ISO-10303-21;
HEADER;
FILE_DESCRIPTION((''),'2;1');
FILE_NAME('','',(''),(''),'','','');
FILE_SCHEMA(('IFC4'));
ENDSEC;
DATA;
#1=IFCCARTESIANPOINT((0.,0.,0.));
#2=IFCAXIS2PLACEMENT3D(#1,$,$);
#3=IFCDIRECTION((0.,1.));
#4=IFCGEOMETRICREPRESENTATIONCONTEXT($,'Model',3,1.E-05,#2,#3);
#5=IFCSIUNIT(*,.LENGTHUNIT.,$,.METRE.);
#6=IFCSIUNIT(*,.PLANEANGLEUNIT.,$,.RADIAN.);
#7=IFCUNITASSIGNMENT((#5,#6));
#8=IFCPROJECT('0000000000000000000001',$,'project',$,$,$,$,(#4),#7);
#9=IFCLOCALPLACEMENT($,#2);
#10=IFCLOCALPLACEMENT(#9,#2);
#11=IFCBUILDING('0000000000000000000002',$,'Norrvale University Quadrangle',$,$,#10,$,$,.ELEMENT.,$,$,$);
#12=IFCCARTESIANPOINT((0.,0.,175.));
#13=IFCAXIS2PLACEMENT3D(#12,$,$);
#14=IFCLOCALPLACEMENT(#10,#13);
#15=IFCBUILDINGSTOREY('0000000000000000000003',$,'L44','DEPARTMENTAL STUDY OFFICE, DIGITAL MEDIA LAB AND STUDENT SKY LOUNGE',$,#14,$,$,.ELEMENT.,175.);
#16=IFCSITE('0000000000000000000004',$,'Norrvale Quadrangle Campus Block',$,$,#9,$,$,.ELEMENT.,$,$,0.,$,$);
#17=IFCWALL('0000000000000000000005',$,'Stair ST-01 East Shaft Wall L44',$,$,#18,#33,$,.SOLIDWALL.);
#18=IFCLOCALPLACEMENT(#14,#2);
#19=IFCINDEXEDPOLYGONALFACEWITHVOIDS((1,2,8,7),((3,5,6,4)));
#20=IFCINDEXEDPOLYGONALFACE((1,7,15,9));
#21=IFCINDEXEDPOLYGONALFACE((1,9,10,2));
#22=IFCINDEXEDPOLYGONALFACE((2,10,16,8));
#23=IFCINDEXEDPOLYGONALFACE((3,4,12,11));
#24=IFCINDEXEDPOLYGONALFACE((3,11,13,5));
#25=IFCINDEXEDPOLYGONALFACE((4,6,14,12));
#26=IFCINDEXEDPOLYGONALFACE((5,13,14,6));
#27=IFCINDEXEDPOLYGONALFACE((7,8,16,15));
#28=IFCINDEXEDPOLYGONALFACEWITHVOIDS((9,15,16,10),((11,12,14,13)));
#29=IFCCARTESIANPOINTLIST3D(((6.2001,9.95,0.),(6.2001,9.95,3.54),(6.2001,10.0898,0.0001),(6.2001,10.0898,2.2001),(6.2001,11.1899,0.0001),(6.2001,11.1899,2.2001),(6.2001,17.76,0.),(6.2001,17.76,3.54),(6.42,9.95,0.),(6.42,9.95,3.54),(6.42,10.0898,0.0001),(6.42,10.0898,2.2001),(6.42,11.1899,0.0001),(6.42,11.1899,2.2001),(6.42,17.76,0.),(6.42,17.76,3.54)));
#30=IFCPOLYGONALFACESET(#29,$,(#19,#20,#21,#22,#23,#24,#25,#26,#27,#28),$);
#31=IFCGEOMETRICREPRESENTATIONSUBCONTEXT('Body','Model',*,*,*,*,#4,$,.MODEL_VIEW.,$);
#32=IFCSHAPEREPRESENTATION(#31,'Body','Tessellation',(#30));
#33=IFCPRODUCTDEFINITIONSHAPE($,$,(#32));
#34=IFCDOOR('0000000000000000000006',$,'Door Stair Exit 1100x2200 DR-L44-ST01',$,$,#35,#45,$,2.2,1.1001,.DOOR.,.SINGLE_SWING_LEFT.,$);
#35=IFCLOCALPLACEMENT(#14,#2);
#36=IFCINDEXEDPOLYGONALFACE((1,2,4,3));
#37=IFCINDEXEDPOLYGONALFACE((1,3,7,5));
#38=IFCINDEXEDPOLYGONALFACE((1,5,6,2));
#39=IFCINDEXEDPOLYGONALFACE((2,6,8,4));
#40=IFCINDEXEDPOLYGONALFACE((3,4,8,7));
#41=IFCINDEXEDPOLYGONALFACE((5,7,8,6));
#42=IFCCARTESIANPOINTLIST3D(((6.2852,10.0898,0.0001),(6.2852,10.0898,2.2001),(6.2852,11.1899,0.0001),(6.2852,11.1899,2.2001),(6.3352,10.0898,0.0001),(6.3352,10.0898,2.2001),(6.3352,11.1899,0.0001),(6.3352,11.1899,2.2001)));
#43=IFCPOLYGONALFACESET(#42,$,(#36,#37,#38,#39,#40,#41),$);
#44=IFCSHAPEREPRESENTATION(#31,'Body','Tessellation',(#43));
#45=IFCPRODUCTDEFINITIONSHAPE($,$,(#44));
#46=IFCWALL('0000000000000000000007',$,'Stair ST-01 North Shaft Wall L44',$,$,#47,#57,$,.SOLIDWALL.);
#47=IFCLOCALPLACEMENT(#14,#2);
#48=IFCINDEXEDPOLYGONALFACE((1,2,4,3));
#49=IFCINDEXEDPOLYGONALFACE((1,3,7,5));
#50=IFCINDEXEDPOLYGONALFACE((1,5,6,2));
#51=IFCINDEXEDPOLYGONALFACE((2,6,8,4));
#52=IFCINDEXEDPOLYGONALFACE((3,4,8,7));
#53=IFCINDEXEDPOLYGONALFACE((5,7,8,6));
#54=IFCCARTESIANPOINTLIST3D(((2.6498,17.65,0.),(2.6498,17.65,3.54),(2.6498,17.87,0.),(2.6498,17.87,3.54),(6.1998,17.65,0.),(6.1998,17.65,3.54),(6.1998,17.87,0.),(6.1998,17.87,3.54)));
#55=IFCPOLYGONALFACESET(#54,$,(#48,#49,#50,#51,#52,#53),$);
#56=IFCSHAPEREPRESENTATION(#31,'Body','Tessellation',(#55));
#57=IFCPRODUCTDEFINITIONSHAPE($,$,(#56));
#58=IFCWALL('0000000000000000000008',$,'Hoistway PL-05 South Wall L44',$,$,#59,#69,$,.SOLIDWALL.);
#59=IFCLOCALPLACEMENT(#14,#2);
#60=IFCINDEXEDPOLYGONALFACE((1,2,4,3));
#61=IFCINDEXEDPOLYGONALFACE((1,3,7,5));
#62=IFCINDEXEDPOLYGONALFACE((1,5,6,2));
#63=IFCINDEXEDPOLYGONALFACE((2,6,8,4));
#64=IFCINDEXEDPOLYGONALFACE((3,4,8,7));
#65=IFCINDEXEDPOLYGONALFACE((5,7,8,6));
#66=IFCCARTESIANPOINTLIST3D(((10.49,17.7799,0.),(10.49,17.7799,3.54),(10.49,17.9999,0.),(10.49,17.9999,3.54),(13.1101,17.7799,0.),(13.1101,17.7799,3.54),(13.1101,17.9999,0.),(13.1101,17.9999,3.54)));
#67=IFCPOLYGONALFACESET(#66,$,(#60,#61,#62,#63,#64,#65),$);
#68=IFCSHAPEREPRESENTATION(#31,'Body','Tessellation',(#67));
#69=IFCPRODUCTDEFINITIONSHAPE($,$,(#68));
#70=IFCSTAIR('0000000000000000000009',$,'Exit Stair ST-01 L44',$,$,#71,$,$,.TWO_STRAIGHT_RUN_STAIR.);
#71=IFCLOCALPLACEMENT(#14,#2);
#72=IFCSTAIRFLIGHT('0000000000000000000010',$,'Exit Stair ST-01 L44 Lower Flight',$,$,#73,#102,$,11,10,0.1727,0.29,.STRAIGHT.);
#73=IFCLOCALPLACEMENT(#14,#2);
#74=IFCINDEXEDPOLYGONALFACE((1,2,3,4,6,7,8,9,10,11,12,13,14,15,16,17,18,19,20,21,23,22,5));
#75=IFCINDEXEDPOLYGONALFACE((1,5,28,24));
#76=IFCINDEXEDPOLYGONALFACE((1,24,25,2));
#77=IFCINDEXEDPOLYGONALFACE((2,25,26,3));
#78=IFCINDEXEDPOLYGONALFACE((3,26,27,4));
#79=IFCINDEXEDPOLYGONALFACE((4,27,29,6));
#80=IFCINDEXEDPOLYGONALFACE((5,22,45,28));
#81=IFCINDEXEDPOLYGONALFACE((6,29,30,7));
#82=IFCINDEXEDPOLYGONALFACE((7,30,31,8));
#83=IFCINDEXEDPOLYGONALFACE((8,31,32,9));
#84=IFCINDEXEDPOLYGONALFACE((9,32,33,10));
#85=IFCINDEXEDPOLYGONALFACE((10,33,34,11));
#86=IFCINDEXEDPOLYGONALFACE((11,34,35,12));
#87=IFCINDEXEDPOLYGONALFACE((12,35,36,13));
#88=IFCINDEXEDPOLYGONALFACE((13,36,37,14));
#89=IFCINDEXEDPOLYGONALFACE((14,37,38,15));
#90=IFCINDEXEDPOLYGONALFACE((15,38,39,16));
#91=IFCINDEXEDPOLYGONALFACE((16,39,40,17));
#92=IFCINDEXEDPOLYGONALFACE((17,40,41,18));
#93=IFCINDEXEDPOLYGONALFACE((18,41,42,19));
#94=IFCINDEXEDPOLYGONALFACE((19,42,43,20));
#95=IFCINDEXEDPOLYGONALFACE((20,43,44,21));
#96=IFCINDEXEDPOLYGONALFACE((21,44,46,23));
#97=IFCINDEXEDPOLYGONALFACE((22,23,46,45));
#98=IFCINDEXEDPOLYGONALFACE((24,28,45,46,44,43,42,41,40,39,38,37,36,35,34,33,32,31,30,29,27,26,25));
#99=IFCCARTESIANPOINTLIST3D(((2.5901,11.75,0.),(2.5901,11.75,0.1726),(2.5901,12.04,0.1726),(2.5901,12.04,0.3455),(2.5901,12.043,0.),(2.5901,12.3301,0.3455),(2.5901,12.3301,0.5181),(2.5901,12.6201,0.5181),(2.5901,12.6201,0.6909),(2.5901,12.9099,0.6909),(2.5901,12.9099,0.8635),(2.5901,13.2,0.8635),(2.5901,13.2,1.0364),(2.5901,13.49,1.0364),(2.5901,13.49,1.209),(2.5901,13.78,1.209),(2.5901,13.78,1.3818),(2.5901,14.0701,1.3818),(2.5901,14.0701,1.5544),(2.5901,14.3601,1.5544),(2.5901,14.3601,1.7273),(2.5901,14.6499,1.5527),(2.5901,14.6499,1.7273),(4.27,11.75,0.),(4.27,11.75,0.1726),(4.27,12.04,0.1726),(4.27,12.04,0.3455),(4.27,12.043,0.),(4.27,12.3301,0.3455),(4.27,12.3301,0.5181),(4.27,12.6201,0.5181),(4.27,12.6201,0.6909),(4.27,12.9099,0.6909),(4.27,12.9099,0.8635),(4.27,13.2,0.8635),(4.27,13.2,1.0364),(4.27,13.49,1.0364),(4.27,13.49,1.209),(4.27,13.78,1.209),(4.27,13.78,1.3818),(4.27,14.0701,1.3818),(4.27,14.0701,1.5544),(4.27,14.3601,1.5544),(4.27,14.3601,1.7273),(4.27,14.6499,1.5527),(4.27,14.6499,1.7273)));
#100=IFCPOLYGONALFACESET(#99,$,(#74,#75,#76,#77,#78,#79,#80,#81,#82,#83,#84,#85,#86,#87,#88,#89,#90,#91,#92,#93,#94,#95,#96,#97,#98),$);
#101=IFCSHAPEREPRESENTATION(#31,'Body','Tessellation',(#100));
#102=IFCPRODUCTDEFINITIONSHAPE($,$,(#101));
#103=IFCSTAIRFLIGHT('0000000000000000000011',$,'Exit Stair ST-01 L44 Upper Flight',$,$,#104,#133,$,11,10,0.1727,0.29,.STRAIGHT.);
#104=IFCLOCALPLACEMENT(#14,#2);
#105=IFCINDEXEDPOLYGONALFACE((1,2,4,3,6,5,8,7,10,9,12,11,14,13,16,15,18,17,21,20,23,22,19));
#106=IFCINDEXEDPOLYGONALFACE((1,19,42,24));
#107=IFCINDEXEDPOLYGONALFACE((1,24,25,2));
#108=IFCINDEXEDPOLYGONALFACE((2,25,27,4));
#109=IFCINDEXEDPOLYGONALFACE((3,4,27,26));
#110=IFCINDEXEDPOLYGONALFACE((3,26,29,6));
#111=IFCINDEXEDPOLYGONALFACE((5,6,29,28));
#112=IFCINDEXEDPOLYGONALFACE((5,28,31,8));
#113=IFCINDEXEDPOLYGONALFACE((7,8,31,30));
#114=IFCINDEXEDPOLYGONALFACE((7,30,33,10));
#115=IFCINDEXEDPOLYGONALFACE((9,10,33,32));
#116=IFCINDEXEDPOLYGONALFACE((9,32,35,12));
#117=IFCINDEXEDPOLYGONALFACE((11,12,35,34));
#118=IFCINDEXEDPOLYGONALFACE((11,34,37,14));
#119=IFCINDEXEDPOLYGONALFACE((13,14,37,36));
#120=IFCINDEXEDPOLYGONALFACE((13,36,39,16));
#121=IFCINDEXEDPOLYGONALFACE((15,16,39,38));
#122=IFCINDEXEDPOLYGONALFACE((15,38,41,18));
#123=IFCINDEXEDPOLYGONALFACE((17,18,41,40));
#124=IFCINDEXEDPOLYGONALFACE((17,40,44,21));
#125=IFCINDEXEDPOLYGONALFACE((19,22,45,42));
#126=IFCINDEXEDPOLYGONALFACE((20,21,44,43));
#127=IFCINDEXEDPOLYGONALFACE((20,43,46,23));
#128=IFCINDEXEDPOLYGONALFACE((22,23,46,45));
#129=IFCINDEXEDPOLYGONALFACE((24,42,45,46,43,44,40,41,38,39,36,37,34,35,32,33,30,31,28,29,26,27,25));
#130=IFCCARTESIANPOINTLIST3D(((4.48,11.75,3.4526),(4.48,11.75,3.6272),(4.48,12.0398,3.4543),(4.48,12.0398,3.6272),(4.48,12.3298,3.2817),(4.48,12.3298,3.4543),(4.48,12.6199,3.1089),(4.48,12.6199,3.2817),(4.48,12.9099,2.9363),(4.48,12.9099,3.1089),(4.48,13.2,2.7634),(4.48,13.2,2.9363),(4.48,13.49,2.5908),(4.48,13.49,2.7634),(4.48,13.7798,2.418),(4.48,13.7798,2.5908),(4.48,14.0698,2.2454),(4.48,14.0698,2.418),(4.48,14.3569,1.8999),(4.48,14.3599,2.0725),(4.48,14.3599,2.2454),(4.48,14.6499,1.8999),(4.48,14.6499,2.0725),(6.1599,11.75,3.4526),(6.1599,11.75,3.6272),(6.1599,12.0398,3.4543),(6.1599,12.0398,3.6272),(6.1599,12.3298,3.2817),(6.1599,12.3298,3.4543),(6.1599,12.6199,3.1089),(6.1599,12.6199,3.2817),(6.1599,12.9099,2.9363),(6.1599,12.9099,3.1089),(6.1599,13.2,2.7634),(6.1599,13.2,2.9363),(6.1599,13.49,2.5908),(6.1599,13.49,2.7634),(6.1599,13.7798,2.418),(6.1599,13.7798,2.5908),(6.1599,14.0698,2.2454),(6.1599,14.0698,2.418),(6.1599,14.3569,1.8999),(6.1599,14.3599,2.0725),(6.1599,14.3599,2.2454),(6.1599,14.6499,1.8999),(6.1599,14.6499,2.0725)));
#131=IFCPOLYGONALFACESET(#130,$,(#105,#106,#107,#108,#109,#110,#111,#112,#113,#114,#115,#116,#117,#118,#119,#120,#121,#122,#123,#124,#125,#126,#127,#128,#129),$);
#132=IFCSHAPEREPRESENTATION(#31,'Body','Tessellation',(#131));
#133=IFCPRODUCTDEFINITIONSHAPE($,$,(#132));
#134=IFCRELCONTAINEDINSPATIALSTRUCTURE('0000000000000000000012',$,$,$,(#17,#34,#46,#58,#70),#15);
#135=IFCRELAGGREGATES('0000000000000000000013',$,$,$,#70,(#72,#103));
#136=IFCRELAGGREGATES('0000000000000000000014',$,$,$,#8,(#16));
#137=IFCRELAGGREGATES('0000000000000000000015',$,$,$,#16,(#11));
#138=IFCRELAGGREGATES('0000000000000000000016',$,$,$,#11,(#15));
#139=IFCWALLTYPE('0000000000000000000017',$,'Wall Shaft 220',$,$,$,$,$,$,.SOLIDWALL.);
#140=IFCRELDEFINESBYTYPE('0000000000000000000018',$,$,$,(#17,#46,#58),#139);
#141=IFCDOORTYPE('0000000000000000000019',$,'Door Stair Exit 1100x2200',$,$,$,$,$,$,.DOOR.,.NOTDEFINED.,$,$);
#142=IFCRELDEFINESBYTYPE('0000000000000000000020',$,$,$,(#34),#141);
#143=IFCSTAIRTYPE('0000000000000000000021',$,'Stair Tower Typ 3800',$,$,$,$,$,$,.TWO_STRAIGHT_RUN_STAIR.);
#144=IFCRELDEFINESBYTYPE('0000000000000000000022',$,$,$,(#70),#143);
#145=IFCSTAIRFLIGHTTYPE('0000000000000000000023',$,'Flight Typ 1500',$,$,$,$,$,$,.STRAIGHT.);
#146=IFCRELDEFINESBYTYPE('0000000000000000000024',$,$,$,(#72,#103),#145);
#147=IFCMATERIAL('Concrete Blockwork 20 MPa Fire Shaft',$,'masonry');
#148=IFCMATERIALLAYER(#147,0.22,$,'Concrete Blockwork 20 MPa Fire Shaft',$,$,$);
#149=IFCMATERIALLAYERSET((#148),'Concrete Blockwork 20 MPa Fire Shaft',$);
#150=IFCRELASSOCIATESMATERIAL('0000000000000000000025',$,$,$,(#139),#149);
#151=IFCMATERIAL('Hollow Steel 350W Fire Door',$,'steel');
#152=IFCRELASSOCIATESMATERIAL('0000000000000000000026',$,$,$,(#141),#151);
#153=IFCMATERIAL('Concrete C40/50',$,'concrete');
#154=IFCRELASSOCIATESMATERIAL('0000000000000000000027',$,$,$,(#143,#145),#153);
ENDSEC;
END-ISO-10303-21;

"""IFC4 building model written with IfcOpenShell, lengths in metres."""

from ifc_helpers import new_model, si_unit, direction, frame, frame_2d, origin, place, context, subcontext, project, spatial, polyline, rectangle, outline, extrude, material, layer, layer_set, type_object, element, fill, aggregate, save


model = new_model("IFC4")

# Units and contexts
model_context = context("Model", 3, precision=1e-05, world=origin(), true_north=direction((0.0, 1.0)))
body_context = subcontext(model_context, "Body", "Model", "MODEL_VIEW")
ifc_project = project(units=[si_unit("LENGTHUNIT", "METRE"), si_unit("PLANEANGLEUNIT", "RADIAN")], contexts=[model_context])

# Site, building, storey
site_placement = place(None, origin())
site = spatial("IfcSite", under=ifc_project, at=site_placement, Name="Norrvale Quadrangle Campus Block", CompositionType="ELEMENT", RefElevation=0.0)
building_placement = place(site_placement, origin())
building = spatial("IfcBuilding", under=site, at=building_placement, Name="Norrvale University Quadrangle", CompositionType="ELEMENT")
storey_placement = place(building_placement, frame((0.0, 0.0, 175.0)))
storey = spatial("IfcBuildingStorey", under=building, at=storey_placement, Name="L44", Description="DEPARTMENTAL STUDY OFFICE, DIGITAL MEDIA LAB AND STUDENT SKY LOUNGE", CompositionType="ELEMENT", Elevation=175.0)

# Wall, opening, door
ifc_material_1 = material(Name="Concrete Blockwork 20 MPa Fire Shaft", Category="masonry")
ifc_layer_1 = layer(ifc_material_1, 0.22, Name="Concrete Blockwork 20 MPa Fire Shaft")
ifc_layer_set_1 = layer_set([ifc_layer_1], Name="Concrete Blockwork 20 MPa Fire Shaft")
wall_type_1 = type_object("IfcWallType", Name="Wall Shaft 220", PredefinedType="SOLIDWALL", material=ifc_layer_set_1)
wall_1_placement = place(storey_placement, frame((6.3101, 9.95, 0.0), z_axis=(0.0, 0.0, 1.0), x_axis=(0.0, 1.0, 0.0)))
wall_1 = element("IfcWall", 1, at=wall_1_placement, inside=storey, type_object=wall_type_1, Name="Stair ST-01 East Shaft Wall L44", PredefinedType="SOLIDWALL", context=body_context, shape_type="SweptSolid", body=[
    extrude(rectangle(XDim=7.8101, YDim=0.22, at=frame_2d((3.905, 0.0))), origin(), (0.0, 0.0, 1.0), 3.54),
])
opening_1_placement = place(wall_1_placement, frame((0.1399, 0.0, 0.0)))
opening_1 = element("IfcOpeningElement", 2, at=opening_1_placement, cuts=wall_1, PredefinedType="OPENING", context=body_context, shape_type="SweptSolid", body=[
    extrude(rectangle(XDim=1.1001, YDim=2.2, at=frame_2d((0.55, 1.1001))), frame((0.0, 0.1221, 0.0), z_axis=(0.0, -1.0, 0.0), x_axis=(1.0, 0.0, 0.0)), (0.0, 0.0, 1.0), 0.2439),
])
ifc_material_2 = material(Name="Hollow Steel 350W Fire Door", Category="steel")
door_type_1 = type_object("IfcDoorType", Name="Door Stair Exit 1100x2200", OperationType="NOTDEFINED", PredefinedType="DOOR", material=ifc_material_2)
door_1_placement = place(opening_1_placement, origin())
door_1 = element("IfcDoor", 3, at=door_1_placement, inside=storey, type_object=door_type_1, Name="Door Stair Exit 1100x2200 DR-L44-ST01", OperationType="SINGLE_SWING_LEFT", OverallHeight=2.2, OverallWidth=1.1001, PredefinedType="DOOR", context=body_context, shape_type="SweptSolid", body=[
    extrude(rectangle(XDim=1.1001, YDim=2.2, at=frame_2d((0.55, 1.1001))), frame((0.0, 0.0249, 0.0), z_axis=(0.0, -1.0, 0.0), x_axis=(1.0, 0.0, 0.0)), (0.0, 0.0, 1.0), 0.05),
])
fill(opening_1, door_1)

# Walls
wall_2_placement = place(storey_placement, frame((2.6499, 17.76, 0.0), z_axis=(0.0, 0.0, 1.0), x_axis=(1.0, 0.0, 0.0)))
element("IfcWall", 4, at=wall_2_placement, inside=storey, type_object=wall_type_1, Name="Stair ST-01 North Shaft Wall L44", PredefinedType="SOLIDWALL", context=body_context, shape_type="SweptSolid", body=[
    extrude(rectangle(XDim=3.55, YDim=0.22, at=frame_2d((1.7749, 0.0))), origin(), (0.0, 0.0, 1.0), 3.54),
])
wall_3_placement = place(storey_placement, frame((10.49, 17.8899, 0.0), z_axis=(0.0, 0.0, 1.0), x_axis=(1.0, 0.0, 0.0)))
element("IfcWall", 5, at=wall_3_placement, inside=storey, type_object=wall_type_1, Name="Hoistway PL-05 South Wall L44", PredefinedType="SOLIDWALL", context=body_context, shape_type="SweptSolid", body=[
    extrude(rectangle(XDim=2.6201, YDim=0.22, at=frame_2d((1.3101, 0.0))), origin(), (0.0, 0.0, 1.0), 3.54),
])

# Stair, stair flights
ifc_material_3 = material(Name="Concrete C40/50", Category="concrete")
stair_type = type_object("IfcStairType", Name="Stair Tower Typ 3800", PredefinedType="TWO_STRAIGHT_RUN_STAIR", material=ifc_material_3)
stair_placement = place(storey_placement, origin())
stair = element("IfcStair", 6, at=stair_placement, inside=storey, type_object=stair_type, Name="Exit Stair ST-01 L44", PredefinedType="TWO_STRAIGHT_RUN_STAIR")
stair_flight_type = type_object("IfcStairFlightType", Name="Flight Typ 1500", PredefinedType="STRAIGHT", material=ifc_material_3)
stair_flight_1_placement = place(storey_placement, frame((3.4299, 11.75, 0.0), z_axis=(0.0, 0.0, 1.0), x_axis=(0.0, 1.0, 0.0)))
stair_flight_1 = element("IfcStairFlight", 7, at=stair_flight_1_placement, type_object=stair_flight_type, Name="Exit Stair ST-01 L44 Lower Flight", NumberOfRisers=11, NumberOfTreads=10, PredefinedType="STRAIGHT", RiserHeight=0.1727, TreadLength=0.29, context=body_context, shape_type="SweptSolid", body=[
    extrude(outline(polyline([(0.0, 0.0), (0.0, 0.1726), (0.29, 0.1726), (0.29, 0.3455), (0.5801, 0.3455), (0.5801, 0.5181), (0.8701, 0.5181), (0.8701, 0.6909), (1.1599, 0.6909), (1.1599, 0.8635), (1.45, 0.8635), (1.45, 1.0364), (1.74, 1.0364), (1.74, 1.209), (2.03, 1.209), (2.03, 1.3818), (2.3201, 1.3818), (2.3201, 1.5544), (2.6101, 1.5544), (2.6101, 1.7273), (2.8999, 1.7273), (2.8999, 1.8999), (2.8999, 1.5527), (0.293, 0.0), (0.0, 0.0)])), frame((0.0, 0.8398, 0.0), z_axis=(0.0, -1.0, 0.0), x_axis=(1.0, 0.0, 0.0)), (0.0, 0.0, 1.0), 1.6799),
])
stair_flight_2_placement = place(storey_placement, frame((5.3201, 14.6499, 1.8999), z_axis=(0.0, 0.0, 1.0), x_axis=(0.0, -1.0, 0.0)))
stair_flight_2 = element("IfcStairFlight", 8, at=stair_flight_2_placement, type_object=stair_flight_type, Name="Exit Stair ST-01 L44 Upper Flight", NumberOfRisers=11, NumberOfTreads=10, PredefinedType="STRAIGHT", RiserHeight=0.1727, TreadLength=0.29, context=body_context, shape_type="SweptSolid", body=[
    extrude(outline(polyline([(0.0, 0.0), (0.0, 0.1726), (0.29, 0.1726), (0.29, 0.3455), (0.5801, 0.3455), (0.5801, 0.5181), (0.8701, 0.5181), (0.8701, 0.6909), (1.1599, 0.6909), (1.1599, 0.8635), (1.45, 0.8635), (1.45, 1.0364), (1.74, 1.0364), (1.74, 1.209), (2.03, 1.209), (2.03, 1.3818), (2.3201, 1.3818), (2.3201, 1.5544), (2.6101, 1.5544), (2.6101, 1.7273), (2.8999, 1.7273), (2.8999, 1.8999), (2.8999, 1.5527), (0.293, 0.0), (0.0, 0.0)])), frame((0.0, 0.8398, 0.0), z_axis=(0.0, -1.0, 0.0), x_axis=(1.0, 0.0, 0.0)), (0.0, 0.0, 1.0), 1.6799),
])
aggregate(stair, [stair_flight_1, stair_flight_2])

save(model, "model.ifc")
